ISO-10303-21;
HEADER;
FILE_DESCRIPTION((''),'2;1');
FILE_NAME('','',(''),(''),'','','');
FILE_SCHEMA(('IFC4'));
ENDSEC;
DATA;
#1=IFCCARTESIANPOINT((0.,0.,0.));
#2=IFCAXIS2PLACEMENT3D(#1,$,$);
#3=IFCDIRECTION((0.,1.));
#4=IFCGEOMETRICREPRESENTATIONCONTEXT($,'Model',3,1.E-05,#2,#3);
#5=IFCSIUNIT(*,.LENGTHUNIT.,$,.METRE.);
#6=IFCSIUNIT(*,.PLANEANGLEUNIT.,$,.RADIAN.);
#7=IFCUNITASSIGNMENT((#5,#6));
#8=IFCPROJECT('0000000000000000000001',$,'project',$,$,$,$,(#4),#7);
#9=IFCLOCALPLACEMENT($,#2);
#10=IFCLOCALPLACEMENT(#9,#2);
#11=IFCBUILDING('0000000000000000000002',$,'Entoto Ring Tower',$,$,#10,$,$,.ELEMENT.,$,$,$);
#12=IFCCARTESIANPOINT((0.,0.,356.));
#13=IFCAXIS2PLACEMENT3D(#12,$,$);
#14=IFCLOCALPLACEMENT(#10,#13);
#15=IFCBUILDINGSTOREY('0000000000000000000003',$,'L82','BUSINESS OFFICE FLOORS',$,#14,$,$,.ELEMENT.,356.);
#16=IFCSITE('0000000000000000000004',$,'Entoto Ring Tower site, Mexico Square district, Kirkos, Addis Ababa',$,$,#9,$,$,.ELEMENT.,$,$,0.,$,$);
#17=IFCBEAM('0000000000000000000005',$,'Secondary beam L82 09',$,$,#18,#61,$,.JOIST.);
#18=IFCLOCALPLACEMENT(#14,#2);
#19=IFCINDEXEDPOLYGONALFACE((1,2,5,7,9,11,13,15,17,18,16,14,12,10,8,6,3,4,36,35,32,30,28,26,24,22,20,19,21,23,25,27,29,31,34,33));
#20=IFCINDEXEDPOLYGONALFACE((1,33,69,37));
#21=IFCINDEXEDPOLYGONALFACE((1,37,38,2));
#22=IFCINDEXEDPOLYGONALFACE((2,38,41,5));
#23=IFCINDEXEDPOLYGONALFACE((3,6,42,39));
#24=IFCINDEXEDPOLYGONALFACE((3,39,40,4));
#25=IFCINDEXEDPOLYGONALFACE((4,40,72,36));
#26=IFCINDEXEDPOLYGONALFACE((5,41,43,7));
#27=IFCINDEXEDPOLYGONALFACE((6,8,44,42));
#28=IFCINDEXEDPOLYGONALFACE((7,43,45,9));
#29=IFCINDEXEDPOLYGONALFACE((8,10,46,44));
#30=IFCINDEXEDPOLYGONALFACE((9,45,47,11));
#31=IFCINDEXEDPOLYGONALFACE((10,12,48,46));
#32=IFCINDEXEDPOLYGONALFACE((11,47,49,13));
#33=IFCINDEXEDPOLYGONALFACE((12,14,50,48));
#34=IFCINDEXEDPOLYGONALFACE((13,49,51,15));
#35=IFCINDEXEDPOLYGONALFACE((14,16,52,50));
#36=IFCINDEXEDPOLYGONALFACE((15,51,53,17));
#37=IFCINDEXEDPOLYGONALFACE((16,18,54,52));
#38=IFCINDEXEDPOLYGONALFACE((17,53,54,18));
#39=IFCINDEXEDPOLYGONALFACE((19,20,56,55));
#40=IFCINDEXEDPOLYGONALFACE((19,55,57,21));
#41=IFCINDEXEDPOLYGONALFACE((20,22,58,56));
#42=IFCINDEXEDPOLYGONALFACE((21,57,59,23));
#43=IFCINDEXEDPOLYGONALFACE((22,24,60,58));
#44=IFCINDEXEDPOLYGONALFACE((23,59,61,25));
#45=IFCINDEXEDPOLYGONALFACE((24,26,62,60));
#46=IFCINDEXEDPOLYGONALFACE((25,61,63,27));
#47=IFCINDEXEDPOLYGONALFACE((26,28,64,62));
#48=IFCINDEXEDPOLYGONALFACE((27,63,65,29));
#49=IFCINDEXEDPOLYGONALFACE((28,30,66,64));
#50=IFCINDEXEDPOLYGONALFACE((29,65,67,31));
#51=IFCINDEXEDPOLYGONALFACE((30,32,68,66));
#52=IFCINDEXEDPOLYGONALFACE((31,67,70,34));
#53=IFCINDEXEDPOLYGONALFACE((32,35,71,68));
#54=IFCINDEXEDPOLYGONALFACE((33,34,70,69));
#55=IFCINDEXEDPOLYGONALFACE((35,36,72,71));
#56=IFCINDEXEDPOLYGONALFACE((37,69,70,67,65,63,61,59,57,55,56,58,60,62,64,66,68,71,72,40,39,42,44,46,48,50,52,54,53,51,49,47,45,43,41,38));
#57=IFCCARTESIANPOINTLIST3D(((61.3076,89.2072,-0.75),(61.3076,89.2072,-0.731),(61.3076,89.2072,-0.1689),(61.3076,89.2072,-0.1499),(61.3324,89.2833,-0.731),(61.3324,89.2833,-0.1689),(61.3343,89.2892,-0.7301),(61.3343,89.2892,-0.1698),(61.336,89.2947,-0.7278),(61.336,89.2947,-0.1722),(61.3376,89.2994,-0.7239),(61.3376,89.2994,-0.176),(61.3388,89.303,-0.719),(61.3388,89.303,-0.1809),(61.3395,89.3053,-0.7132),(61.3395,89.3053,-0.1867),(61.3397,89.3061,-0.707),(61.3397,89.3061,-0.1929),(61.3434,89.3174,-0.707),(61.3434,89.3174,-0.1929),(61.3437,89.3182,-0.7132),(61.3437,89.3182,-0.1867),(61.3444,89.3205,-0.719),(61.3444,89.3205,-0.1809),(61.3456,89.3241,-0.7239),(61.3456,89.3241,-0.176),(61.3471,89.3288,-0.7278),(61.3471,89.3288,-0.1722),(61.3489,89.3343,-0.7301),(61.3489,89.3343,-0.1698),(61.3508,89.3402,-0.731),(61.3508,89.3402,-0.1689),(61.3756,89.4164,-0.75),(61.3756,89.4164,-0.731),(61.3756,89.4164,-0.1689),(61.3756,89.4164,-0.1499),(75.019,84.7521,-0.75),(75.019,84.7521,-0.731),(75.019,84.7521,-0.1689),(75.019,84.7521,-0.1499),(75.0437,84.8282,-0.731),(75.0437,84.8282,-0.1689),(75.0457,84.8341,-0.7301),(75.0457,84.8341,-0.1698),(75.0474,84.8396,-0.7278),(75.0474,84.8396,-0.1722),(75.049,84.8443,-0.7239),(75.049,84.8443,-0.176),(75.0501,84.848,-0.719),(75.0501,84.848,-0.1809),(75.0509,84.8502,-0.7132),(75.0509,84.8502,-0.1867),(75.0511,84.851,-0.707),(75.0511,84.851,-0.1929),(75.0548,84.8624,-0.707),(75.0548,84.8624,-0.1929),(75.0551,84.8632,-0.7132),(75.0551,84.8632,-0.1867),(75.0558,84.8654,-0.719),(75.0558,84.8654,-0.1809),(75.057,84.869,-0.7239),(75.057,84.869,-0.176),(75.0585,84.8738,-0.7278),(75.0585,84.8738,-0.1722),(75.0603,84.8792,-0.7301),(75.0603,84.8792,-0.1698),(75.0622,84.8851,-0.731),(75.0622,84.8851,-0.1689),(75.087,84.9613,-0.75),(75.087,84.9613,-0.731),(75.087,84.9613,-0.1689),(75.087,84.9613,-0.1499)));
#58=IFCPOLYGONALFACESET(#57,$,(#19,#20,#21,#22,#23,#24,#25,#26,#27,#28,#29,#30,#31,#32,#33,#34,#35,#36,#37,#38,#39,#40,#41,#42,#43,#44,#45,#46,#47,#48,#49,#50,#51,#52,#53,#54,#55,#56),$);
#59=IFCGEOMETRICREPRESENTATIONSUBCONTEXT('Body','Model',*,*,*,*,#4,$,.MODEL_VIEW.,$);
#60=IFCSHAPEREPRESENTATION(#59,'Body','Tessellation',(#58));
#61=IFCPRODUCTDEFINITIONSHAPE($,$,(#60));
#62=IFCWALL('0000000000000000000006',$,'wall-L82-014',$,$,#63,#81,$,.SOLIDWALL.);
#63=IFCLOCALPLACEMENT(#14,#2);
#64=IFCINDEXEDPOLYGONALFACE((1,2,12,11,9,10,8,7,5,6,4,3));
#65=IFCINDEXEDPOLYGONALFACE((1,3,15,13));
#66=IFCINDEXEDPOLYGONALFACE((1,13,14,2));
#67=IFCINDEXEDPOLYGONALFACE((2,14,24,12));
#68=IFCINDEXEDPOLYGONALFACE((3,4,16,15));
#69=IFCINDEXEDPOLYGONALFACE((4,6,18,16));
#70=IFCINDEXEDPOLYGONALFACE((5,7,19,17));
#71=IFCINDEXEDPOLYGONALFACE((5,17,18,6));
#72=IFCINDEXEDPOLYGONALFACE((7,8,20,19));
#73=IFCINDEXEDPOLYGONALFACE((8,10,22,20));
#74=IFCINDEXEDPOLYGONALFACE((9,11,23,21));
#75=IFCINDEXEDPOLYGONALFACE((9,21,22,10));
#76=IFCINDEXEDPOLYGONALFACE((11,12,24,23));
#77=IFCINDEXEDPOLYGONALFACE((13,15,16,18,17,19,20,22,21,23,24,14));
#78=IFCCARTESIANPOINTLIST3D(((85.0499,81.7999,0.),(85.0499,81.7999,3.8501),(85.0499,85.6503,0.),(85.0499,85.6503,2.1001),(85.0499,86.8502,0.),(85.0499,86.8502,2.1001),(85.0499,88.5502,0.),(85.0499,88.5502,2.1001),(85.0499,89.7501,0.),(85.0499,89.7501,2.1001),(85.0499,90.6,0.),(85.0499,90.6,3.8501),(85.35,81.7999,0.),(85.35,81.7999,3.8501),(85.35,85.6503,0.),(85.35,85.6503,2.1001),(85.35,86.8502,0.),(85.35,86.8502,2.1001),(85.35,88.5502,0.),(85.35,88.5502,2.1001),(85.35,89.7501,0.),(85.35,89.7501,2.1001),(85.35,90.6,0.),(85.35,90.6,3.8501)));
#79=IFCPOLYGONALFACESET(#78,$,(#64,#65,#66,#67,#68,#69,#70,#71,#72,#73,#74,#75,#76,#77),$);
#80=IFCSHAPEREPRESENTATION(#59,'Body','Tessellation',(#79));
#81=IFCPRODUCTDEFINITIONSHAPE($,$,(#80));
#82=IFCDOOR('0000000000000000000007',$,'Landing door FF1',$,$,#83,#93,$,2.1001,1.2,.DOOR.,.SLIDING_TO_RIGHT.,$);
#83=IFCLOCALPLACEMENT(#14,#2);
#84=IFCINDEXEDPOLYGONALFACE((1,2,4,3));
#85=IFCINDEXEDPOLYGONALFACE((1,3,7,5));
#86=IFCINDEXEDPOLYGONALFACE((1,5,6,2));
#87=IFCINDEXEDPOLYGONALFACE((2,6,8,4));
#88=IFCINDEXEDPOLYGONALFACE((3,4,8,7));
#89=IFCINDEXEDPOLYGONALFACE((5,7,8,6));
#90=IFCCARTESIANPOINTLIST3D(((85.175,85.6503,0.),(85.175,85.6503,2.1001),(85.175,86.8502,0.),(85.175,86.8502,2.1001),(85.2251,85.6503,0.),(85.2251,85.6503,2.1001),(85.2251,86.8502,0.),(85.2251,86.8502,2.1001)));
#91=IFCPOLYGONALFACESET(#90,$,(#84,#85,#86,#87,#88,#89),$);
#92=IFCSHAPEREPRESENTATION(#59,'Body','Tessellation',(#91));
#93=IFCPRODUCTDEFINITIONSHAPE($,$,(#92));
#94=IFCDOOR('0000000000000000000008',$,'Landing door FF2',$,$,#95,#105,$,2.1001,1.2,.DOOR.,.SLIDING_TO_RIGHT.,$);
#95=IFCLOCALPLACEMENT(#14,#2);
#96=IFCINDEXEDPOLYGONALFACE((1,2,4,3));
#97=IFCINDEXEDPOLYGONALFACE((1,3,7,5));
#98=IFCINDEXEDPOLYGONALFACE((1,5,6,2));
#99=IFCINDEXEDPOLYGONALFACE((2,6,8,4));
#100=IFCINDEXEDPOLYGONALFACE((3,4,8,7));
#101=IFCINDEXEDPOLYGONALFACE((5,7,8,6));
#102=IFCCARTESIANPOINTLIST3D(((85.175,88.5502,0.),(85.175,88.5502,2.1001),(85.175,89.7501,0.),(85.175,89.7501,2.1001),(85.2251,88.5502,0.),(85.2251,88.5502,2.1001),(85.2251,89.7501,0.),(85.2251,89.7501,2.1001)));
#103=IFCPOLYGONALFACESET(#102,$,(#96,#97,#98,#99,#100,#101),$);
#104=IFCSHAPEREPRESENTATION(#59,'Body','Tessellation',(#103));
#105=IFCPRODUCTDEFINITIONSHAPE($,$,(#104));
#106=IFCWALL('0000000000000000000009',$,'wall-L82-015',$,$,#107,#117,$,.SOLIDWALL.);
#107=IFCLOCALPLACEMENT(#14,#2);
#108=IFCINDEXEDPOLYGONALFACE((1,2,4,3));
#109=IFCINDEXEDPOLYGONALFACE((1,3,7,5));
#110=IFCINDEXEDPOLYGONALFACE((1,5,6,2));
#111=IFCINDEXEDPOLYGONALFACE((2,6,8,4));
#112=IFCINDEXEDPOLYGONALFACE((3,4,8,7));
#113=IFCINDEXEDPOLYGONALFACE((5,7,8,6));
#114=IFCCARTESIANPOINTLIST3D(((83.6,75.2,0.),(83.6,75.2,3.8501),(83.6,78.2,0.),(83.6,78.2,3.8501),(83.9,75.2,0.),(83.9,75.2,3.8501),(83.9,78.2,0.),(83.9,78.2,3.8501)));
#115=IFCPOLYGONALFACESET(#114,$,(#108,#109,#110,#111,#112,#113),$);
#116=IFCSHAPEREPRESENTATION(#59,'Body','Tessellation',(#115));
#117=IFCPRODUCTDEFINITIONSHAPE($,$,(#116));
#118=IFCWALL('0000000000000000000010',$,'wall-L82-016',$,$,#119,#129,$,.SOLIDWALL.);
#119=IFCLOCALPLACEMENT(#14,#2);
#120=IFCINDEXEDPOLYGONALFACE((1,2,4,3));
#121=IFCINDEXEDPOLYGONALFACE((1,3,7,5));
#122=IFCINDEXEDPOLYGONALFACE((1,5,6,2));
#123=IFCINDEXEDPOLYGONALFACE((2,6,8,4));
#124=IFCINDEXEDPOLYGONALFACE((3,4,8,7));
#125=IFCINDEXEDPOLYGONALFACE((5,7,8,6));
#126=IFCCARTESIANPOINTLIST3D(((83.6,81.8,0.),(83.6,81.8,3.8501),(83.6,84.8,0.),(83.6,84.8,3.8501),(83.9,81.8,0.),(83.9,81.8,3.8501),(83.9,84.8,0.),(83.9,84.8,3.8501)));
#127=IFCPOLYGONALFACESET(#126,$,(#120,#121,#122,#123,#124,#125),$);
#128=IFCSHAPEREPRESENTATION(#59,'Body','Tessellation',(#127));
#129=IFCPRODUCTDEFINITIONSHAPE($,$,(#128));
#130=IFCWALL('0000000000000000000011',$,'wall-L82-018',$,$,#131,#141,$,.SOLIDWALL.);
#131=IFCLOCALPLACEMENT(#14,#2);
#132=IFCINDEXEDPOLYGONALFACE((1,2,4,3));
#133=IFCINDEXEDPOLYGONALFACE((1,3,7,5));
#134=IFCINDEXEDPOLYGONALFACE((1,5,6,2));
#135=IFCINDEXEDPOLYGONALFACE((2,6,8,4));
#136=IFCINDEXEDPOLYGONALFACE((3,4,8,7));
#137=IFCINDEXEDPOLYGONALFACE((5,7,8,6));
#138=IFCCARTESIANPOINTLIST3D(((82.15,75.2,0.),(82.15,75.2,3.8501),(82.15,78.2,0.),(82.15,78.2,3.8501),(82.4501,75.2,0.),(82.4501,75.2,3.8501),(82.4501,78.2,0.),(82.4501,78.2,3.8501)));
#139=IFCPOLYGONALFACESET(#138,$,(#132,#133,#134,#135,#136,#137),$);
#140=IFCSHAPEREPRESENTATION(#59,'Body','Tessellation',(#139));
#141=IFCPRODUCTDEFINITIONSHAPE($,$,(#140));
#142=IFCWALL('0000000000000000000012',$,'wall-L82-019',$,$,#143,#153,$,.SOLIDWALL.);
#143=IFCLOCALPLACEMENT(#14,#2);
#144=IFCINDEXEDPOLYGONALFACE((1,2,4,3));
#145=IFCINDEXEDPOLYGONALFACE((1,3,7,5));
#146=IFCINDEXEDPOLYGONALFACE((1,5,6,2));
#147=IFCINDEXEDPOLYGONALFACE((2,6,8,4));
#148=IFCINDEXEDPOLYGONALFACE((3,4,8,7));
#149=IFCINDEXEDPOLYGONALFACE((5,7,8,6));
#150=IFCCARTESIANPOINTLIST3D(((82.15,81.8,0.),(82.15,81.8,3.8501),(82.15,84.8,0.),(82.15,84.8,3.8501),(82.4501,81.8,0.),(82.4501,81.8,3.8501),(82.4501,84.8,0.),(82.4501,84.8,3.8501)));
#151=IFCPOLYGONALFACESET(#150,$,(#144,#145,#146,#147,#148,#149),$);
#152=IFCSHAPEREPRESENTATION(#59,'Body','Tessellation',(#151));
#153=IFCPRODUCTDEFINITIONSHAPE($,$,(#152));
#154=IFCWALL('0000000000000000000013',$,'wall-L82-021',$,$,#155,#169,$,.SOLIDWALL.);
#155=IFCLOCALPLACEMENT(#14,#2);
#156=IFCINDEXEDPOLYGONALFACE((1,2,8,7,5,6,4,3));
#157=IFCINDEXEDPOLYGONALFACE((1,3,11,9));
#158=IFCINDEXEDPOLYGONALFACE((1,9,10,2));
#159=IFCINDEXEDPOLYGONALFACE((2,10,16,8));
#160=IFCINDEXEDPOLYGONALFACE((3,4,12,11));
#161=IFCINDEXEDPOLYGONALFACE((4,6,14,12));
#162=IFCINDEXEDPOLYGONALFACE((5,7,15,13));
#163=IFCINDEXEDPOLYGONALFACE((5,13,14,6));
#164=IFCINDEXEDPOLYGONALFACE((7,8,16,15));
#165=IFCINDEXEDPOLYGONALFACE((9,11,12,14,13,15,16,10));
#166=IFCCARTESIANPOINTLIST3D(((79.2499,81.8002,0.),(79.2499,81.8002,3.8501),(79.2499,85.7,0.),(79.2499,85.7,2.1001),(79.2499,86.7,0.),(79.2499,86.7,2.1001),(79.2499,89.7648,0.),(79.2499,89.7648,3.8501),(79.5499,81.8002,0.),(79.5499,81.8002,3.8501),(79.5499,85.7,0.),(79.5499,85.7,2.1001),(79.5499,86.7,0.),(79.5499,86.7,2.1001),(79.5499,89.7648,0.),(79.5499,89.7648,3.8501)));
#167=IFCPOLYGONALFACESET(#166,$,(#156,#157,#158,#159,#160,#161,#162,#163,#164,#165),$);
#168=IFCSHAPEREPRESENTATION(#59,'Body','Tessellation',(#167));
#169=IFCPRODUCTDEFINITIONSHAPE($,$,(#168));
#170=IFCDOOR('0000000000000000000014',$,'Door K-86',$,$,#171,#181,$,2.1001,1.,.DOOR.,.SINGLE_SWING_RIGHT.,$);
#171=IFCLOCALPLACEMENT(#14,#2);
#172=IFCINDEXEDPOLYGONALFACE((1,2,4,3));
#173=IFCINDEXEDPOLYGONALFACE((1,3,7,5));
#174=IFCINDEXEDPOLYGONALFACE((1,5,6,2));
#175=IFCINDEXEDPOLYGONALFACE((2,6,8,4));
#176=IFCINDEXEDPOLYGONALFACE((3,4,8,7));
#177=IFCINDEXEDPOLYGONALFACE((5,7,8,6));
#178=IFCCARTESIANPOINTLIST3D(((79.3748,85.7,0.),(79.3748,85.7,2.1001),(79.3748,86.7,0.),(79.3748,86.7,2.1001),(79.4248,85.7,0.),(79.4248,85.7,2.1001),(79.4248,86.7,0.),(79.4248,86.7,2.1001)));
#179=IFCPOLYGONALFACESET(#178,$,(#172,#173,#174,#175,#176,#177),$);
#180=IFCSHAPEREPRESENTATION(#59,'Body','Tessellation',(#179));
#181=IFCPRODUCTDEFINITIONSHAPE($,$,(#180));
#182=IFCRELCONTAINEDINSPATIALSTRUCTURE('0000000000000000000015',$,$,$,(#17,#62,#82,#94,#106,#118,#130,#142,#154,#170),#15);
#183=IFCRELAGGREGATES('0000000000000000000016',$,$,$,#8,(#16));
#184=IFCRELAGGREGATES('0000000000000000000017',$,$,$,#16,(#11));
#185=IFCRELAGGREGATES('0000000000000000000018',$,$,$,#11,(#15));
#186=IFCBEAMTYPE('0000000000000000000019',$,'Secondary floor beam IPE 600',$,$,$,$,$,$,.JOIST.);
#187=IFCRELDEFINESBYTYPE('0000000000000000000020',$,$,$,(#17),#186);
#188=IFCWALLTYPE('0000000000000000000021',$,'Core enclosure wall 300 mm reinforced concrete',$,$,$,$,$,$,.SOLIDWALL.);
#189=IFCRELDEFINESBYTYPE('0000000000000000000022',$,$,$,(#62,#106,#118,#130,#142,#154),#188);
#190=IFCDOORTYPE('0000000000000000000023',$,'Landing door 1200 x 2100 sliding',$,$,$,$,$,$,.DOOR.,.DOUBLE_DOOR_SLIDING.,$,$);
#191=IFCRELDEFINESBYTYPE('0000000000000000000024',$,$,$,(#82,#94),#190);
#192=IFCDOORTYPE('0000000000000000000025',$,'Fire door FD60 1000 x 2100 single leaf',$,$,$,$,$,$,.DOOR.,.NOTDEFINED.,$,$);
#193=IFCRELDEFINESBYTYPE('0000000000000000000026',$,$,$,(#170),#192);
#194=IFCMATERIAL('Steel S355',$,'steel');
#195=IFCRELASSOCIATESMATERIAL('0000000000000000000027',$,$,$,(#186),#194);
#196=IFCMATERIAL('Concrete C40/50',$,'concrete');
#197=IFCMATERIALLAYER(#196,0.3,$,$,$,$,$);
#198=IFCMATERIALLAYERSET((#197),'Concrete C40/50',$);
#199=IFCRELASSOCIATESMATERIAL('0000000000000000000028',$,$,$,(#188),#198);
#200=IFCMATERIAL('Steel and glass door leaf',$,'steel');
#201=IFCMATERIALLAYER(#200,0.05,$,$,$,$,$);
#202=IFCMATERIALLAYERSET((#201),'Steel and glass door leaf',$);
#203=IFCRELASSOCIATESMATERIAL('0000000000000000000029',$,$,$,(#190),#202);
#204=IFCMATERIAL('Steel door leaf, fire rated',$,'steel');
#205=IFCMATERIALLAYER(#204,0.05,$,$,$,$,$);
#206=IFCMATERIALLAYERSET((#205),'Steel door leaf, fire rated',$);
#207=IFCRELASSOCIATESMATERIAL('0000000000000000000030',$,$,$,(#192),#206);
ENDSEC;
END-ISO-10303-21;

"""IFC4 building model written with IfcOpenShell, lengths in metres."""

from ifc_helpers import new_model, si_unit, direction, frame, frame_2d, origin, origin_2d, place, context, subcontext, project, spatial, rectangle, i_section, extrude, material, layer, layer_set, material_profile, profile_set, type_object, element, fill, save


model = new_model("IFC4")

# Units and contexts
model_context = context("Model", 3, precision=1e-05, world=origin(), true_north=direction((0.0, 1.0)))
body_context = subcontext(model_context, "Body", "Model", "MODEL_VIEW")
ifc_project = project(units=[si_unit("LENGTHUNIT", "METRE"), si_unit("PLANEANGLEUNIT", "RADIAN")], contexts=[model_context])

# Site, building, storey
site_placement = place(None, origin())
site = spatial("IfcSite", under=ifc_project, at=site_placement, Name="Entoto Ring Tower site, Mexico Square district, Kirkos, Addis Ababa", CompositionType="ELEMENT", RefElevation=0.0)
building_placement = place(site_placement, origin())
building = spatial("IfcBuilding", under=site, at=building_placement, Name="Entoto Ring Tower", CompositionType="ELEMENT")
storey_placement = place(building_placement, frame((0.0, 0.0, 356.0)))
storey = spatial("IfcBuildingStorey", under=building, at=storey_placement, Name="L82", Description="BUSINESS OFFICE FLOORS", CompositionType="ELEMENT", Elevation=356.0)

# Beam
ifc_material_1 = material(Name="Steel S355", Category="steel")
ifc_material_profile = material_profile(ifc_material_1, i_section(OverallWidth=0.22, OverallDepth=0.6001, WebThickness=0.012, FlangeThickness=0.019, FilletRadius=0.0239, at=origin_2d()), Name="IPE 600")
ifc_profile_set = profile_set([ifc_material_profile], Name="Steel S355")
beam_type = type_object("IfcBeamType", Name="Secondary floor beam IPE 600", PredefinedType="JOIST", material=ifc_profile_set)
beam_placement = place(storey_placement, frame((75.053, 84.8567, -0.45), z_axis=(-0.951057, 0.309015, 0.0), x_axis=(-0.309015, -0.951057, 0.0)))
element("IfcBeam", 1, at=beam_placement, inside=storey, type_object=beam_type, Name="Secondary beam L82 09", PredefinedType="JOIST", context=body_context, shape_type="SweptSolid", body=[
    extrude(i_section(OverallWidth=0.22, OverallDepth=0.6001, WebThickness=0.012, FlangeThickness=0.019, FilletRadius=0.0239, at=origin_2d()), origin(), (0.0, 0.0, 1.0), 14.417),
])

# Wall, openings, doors
ifc_material_2 = material(Name="Concrete C40/50", Category="concrete")
ifc_layer_1 = layer(ifc_material_2, 0.3)
ifc_layer_set_1 = layer_set([ifc_layer_1], Name="Concrete C40/50")
wall_type_1 = type_object("IfcWallType", Name="Core enclosure wall 300 mm reinforced concrete", PredefinedType="SOLIDWALL", material=ifc_layer_set_1)
wall_1_placement = place(storey_placement, frame((85.2, 81.8, 0.0), z_axis=(0.0, 0.0, 1.0), x_axis=(0.0, 1.0, 0.0)))
wall_1 = element("IfcWall", 2, at=wall_1_placement, inside=storey, type_object=wall_type_1, Name="wall-L82-014", PredefinedType="SOLIDWALL", context=body_context, shape_type="SweptSolid", body=[
    extrude(rectangle(XDim=8.8, YDim=0.3, at=frame_2d((4.3999, 0.0))), origin(), (0.0, 0.0, 1.0), 3.8501),
])
opening_1_placement = place(wall_1_placement, frame((3.8501, 0.0, 0.0)))
opening_1 = element("IfcOpeningElement", 3, at=opening_1_placement, cuts=wall_1, PredefinedType="OPENING", context=body_context, shape_type="SweptSolid", body=[
    extrude(rectangle(XDim=1.2, YDim=2.1001, at=frame_2d((0.6001, 1.05))), frame((0.0, 0.1602, 0.0), z_axis=(0.0, -1.0, 0.0), x_axis=(1.0, 0.0, 0.0)), (0.0, 0.0, 1.0), 0.3201),
])
opening_2_placement = place(wall_1_placement, frame((6.75, 0.0, 0.0)))
opening_2 = element("IfcOpeningElement", 4, at=opening_2_placement, cuts=wall_1, PredefinedType="OPENING", context=body_context, shape_type="SweptSolid", body=[
    extrude(rectangle(XDim=1.2, YDim=2.1001, at=frame_2d((0.6001, 1.05))), frame((0.0, 0.1602, 0.0), z_axis=(0.0, -1.0, 0.0), x_axis=(1.0, 0.0, 0.0)), (0.0, 0.0, 1.0), 0.3201),
])
ifc_material_3 = material(Name="Steel and glass door leaf", Category="steel")
ifc_layer_2 = layer(ifc_material_3, 0.05)
ifc_layer_set_2 = layer_set([ifc_layer_2], Name="Steel and glass door leaf")
door_type_1 = type_object("IfcDoorType", Name="Landing door 1200 x 2100 sliding", OperationType="DOUBLE_DOOR_SLIDING", PredefinedType="DOOR", material=ifc_layer_set_2)
door_1_placement = place(opening_1_placement, origin())
door_1 = element("IfcDoor", 5, at=door_1_placement, inside=storey, type_object=door_type_1, Name="Landing door FF1", OperationType="SLIDING_TO_RIGHT", OverallHeight=2.1001, OverallWidth=1.2, PredefinedType="DOOR", context=body_context, shape_type="SweptSolid", body=[
    extrude(rectangle(XDim=1.2, YDim=2.1001, at=frame_2d((0.6001, 1.05))), frame((0.0, 0.0249, 0.0), z_axis=(0.0, -1.0, 0.0), x_axis=(1.0, 0.0, 0.0)), (0.0, 0.0, 1.0), 0.05),
])
fill(opening_1, door_1)
door_2_placement = place(opening_2_placement, origin())
door_2 = element("IfcDoor", 6, at=door_2_placement, inside=storey, type_object=door_type_1, Name="Landing door FF2", OperationType="SLIDING_TO_RIGHT", OverallHeight=2.1001, OverallWidth=1.2, PredefinedType="DOOR", context=body_context, shape_type="SweptSolid", body=[
    extrude(rectangle(XDim=1.2, YDim=2.1001, at=frame_2d((0.6001, 1.05))), frame((0.0, 0.0249, 0.0), z_axis=(0.0, -1.0, 0.0), x_axis=(1.0, 0.0, 0.0)), (0.0, 0.0, 1.0), 0.05),
])
fill(opening_2, door_2)

# Walls
for number, where, z_axis, x_axis, name in (
    (7, (83.75, 75.2, 0.0), (0.0, 0.0, 1.0), (0.0, 1.0, 0.0), "wall-L82-015"),
    (8, (83.75, 81.8, 0.0), (0.0, 0.0, 1.0), (0.0, 1.0, 0.0), "wall-L82-016"),
    (9, (82.3, 75.2, 0.0), (0.0, 0.0, 1.0), (0.0, 1.0, 0.0), "wall-L82-018"),
    (10, (82.3, 81.8, 0.0), (0.0, 0.0, 1.0), (0.0, 1.0, 0.0), "wall-L82-019"),
):
    element("IfcWall", number, at=place(storey_placement, frame(where, z_axis=z_axis, x_axis=x_axis)), inside=storey, type_object=wall_type_1, Name=name, PredefinedType="SOLIDWALL", context=body_context, shape_type="SweptSolid", body=[
        extrude(rectangle(XDim=3.0, YDim=0.3, at=frame_2d((1.5, 0.0))), origin(), (0.0, 0.0, 1.0), 3.8501),
    ])

# Wall, opening, door
wall_2_placement = place(storey_placement, frame((79.3999, 81.8, 0.0), z_axis=(0.0, 0.0, 1.0), x_axis=(0.0, 1.0, 0.0)))
wall_2 = element("IfcWall", 11, at=wall_2_placement, inside=storey, type_object=wall_type_1, Name="wall-L82-021", PredefinedType="SOLIDWALL", context=body_context, shape_type="SweptSolid", body=[
    extrude(rectangle(XDim=7.9646, YDim=0.3, at=frame_2d((3.9824, 0.0))), origin(), (0.0, 0.0, 1.0), 3.8501),
])
opening_3_placement = place(wall_2_placement, frame((3.8999, 0.0, 0.0)))
opening_3 = element("IfcOpeningElement", 12, at=opening_3_placement, cuts=wall_2, PredefinedType="OPENING", context=body_context, shape_type="SweptSolid", body=[
    extrude(rectangle(XDim=1.0, YDim=2.1001, at=frame_2d((0.5, 1.05))), frame((0.0, 0.1602, 0.0), z_axis=(0.0, -1.0, 0.0), x_axis=(1.0, 0.0, 0.0)), (0.0, 0.0, 1.0), 0.3201),
])
ifc_material_4 = material(Name="Steel door leaf, fire rated", Category="steel")
ifc_layer_3 = layer(ifc_material_4, 0.05)
ifc_layer_set_3 = layer_set([ifc_layer_3], Name="Steel door leaf, fire rated")
door_type_2 = type_object("IfcDoorType", Name="Fire door FD60 1000 x 2100 single leaf", OperationType="NOTDEFINED", PredefinedType="DOOR", material=ifc_layer_set_3)
door_3_placement = place(opening_3_placement, frame((1.0, 0.0, 0.0), z_axis=(0.0, 0.0, 1.0), x_axis=(-1.0, 0.0, 0.0)))
door_3 = element("IfcDoor", 13, at=door_3_placement, inside=storey, type_object=door_type_2, Name="Door K-86", OperationType="SINGLE_SWING_RIGHT", OverallHeight=2.1001, OverallWidth=1.0, PredefinedType="DOOR", context=body_context, shape_type="SweptSolid", body=[
    extrude(rectangle(XDim=1.0, YDim=2.1001, at=frame_2d((0.5, 1.05))), frame((0.0, 0.0249, 0.0), z_axis=(0.0, -1.0, 0.0), x_axis=(1.0, 0.0, 0.0)), (0.0, 0.0, 1.0), 0.05),
])
fill(opening_3, door_3)

save(model, "model.ifc")
